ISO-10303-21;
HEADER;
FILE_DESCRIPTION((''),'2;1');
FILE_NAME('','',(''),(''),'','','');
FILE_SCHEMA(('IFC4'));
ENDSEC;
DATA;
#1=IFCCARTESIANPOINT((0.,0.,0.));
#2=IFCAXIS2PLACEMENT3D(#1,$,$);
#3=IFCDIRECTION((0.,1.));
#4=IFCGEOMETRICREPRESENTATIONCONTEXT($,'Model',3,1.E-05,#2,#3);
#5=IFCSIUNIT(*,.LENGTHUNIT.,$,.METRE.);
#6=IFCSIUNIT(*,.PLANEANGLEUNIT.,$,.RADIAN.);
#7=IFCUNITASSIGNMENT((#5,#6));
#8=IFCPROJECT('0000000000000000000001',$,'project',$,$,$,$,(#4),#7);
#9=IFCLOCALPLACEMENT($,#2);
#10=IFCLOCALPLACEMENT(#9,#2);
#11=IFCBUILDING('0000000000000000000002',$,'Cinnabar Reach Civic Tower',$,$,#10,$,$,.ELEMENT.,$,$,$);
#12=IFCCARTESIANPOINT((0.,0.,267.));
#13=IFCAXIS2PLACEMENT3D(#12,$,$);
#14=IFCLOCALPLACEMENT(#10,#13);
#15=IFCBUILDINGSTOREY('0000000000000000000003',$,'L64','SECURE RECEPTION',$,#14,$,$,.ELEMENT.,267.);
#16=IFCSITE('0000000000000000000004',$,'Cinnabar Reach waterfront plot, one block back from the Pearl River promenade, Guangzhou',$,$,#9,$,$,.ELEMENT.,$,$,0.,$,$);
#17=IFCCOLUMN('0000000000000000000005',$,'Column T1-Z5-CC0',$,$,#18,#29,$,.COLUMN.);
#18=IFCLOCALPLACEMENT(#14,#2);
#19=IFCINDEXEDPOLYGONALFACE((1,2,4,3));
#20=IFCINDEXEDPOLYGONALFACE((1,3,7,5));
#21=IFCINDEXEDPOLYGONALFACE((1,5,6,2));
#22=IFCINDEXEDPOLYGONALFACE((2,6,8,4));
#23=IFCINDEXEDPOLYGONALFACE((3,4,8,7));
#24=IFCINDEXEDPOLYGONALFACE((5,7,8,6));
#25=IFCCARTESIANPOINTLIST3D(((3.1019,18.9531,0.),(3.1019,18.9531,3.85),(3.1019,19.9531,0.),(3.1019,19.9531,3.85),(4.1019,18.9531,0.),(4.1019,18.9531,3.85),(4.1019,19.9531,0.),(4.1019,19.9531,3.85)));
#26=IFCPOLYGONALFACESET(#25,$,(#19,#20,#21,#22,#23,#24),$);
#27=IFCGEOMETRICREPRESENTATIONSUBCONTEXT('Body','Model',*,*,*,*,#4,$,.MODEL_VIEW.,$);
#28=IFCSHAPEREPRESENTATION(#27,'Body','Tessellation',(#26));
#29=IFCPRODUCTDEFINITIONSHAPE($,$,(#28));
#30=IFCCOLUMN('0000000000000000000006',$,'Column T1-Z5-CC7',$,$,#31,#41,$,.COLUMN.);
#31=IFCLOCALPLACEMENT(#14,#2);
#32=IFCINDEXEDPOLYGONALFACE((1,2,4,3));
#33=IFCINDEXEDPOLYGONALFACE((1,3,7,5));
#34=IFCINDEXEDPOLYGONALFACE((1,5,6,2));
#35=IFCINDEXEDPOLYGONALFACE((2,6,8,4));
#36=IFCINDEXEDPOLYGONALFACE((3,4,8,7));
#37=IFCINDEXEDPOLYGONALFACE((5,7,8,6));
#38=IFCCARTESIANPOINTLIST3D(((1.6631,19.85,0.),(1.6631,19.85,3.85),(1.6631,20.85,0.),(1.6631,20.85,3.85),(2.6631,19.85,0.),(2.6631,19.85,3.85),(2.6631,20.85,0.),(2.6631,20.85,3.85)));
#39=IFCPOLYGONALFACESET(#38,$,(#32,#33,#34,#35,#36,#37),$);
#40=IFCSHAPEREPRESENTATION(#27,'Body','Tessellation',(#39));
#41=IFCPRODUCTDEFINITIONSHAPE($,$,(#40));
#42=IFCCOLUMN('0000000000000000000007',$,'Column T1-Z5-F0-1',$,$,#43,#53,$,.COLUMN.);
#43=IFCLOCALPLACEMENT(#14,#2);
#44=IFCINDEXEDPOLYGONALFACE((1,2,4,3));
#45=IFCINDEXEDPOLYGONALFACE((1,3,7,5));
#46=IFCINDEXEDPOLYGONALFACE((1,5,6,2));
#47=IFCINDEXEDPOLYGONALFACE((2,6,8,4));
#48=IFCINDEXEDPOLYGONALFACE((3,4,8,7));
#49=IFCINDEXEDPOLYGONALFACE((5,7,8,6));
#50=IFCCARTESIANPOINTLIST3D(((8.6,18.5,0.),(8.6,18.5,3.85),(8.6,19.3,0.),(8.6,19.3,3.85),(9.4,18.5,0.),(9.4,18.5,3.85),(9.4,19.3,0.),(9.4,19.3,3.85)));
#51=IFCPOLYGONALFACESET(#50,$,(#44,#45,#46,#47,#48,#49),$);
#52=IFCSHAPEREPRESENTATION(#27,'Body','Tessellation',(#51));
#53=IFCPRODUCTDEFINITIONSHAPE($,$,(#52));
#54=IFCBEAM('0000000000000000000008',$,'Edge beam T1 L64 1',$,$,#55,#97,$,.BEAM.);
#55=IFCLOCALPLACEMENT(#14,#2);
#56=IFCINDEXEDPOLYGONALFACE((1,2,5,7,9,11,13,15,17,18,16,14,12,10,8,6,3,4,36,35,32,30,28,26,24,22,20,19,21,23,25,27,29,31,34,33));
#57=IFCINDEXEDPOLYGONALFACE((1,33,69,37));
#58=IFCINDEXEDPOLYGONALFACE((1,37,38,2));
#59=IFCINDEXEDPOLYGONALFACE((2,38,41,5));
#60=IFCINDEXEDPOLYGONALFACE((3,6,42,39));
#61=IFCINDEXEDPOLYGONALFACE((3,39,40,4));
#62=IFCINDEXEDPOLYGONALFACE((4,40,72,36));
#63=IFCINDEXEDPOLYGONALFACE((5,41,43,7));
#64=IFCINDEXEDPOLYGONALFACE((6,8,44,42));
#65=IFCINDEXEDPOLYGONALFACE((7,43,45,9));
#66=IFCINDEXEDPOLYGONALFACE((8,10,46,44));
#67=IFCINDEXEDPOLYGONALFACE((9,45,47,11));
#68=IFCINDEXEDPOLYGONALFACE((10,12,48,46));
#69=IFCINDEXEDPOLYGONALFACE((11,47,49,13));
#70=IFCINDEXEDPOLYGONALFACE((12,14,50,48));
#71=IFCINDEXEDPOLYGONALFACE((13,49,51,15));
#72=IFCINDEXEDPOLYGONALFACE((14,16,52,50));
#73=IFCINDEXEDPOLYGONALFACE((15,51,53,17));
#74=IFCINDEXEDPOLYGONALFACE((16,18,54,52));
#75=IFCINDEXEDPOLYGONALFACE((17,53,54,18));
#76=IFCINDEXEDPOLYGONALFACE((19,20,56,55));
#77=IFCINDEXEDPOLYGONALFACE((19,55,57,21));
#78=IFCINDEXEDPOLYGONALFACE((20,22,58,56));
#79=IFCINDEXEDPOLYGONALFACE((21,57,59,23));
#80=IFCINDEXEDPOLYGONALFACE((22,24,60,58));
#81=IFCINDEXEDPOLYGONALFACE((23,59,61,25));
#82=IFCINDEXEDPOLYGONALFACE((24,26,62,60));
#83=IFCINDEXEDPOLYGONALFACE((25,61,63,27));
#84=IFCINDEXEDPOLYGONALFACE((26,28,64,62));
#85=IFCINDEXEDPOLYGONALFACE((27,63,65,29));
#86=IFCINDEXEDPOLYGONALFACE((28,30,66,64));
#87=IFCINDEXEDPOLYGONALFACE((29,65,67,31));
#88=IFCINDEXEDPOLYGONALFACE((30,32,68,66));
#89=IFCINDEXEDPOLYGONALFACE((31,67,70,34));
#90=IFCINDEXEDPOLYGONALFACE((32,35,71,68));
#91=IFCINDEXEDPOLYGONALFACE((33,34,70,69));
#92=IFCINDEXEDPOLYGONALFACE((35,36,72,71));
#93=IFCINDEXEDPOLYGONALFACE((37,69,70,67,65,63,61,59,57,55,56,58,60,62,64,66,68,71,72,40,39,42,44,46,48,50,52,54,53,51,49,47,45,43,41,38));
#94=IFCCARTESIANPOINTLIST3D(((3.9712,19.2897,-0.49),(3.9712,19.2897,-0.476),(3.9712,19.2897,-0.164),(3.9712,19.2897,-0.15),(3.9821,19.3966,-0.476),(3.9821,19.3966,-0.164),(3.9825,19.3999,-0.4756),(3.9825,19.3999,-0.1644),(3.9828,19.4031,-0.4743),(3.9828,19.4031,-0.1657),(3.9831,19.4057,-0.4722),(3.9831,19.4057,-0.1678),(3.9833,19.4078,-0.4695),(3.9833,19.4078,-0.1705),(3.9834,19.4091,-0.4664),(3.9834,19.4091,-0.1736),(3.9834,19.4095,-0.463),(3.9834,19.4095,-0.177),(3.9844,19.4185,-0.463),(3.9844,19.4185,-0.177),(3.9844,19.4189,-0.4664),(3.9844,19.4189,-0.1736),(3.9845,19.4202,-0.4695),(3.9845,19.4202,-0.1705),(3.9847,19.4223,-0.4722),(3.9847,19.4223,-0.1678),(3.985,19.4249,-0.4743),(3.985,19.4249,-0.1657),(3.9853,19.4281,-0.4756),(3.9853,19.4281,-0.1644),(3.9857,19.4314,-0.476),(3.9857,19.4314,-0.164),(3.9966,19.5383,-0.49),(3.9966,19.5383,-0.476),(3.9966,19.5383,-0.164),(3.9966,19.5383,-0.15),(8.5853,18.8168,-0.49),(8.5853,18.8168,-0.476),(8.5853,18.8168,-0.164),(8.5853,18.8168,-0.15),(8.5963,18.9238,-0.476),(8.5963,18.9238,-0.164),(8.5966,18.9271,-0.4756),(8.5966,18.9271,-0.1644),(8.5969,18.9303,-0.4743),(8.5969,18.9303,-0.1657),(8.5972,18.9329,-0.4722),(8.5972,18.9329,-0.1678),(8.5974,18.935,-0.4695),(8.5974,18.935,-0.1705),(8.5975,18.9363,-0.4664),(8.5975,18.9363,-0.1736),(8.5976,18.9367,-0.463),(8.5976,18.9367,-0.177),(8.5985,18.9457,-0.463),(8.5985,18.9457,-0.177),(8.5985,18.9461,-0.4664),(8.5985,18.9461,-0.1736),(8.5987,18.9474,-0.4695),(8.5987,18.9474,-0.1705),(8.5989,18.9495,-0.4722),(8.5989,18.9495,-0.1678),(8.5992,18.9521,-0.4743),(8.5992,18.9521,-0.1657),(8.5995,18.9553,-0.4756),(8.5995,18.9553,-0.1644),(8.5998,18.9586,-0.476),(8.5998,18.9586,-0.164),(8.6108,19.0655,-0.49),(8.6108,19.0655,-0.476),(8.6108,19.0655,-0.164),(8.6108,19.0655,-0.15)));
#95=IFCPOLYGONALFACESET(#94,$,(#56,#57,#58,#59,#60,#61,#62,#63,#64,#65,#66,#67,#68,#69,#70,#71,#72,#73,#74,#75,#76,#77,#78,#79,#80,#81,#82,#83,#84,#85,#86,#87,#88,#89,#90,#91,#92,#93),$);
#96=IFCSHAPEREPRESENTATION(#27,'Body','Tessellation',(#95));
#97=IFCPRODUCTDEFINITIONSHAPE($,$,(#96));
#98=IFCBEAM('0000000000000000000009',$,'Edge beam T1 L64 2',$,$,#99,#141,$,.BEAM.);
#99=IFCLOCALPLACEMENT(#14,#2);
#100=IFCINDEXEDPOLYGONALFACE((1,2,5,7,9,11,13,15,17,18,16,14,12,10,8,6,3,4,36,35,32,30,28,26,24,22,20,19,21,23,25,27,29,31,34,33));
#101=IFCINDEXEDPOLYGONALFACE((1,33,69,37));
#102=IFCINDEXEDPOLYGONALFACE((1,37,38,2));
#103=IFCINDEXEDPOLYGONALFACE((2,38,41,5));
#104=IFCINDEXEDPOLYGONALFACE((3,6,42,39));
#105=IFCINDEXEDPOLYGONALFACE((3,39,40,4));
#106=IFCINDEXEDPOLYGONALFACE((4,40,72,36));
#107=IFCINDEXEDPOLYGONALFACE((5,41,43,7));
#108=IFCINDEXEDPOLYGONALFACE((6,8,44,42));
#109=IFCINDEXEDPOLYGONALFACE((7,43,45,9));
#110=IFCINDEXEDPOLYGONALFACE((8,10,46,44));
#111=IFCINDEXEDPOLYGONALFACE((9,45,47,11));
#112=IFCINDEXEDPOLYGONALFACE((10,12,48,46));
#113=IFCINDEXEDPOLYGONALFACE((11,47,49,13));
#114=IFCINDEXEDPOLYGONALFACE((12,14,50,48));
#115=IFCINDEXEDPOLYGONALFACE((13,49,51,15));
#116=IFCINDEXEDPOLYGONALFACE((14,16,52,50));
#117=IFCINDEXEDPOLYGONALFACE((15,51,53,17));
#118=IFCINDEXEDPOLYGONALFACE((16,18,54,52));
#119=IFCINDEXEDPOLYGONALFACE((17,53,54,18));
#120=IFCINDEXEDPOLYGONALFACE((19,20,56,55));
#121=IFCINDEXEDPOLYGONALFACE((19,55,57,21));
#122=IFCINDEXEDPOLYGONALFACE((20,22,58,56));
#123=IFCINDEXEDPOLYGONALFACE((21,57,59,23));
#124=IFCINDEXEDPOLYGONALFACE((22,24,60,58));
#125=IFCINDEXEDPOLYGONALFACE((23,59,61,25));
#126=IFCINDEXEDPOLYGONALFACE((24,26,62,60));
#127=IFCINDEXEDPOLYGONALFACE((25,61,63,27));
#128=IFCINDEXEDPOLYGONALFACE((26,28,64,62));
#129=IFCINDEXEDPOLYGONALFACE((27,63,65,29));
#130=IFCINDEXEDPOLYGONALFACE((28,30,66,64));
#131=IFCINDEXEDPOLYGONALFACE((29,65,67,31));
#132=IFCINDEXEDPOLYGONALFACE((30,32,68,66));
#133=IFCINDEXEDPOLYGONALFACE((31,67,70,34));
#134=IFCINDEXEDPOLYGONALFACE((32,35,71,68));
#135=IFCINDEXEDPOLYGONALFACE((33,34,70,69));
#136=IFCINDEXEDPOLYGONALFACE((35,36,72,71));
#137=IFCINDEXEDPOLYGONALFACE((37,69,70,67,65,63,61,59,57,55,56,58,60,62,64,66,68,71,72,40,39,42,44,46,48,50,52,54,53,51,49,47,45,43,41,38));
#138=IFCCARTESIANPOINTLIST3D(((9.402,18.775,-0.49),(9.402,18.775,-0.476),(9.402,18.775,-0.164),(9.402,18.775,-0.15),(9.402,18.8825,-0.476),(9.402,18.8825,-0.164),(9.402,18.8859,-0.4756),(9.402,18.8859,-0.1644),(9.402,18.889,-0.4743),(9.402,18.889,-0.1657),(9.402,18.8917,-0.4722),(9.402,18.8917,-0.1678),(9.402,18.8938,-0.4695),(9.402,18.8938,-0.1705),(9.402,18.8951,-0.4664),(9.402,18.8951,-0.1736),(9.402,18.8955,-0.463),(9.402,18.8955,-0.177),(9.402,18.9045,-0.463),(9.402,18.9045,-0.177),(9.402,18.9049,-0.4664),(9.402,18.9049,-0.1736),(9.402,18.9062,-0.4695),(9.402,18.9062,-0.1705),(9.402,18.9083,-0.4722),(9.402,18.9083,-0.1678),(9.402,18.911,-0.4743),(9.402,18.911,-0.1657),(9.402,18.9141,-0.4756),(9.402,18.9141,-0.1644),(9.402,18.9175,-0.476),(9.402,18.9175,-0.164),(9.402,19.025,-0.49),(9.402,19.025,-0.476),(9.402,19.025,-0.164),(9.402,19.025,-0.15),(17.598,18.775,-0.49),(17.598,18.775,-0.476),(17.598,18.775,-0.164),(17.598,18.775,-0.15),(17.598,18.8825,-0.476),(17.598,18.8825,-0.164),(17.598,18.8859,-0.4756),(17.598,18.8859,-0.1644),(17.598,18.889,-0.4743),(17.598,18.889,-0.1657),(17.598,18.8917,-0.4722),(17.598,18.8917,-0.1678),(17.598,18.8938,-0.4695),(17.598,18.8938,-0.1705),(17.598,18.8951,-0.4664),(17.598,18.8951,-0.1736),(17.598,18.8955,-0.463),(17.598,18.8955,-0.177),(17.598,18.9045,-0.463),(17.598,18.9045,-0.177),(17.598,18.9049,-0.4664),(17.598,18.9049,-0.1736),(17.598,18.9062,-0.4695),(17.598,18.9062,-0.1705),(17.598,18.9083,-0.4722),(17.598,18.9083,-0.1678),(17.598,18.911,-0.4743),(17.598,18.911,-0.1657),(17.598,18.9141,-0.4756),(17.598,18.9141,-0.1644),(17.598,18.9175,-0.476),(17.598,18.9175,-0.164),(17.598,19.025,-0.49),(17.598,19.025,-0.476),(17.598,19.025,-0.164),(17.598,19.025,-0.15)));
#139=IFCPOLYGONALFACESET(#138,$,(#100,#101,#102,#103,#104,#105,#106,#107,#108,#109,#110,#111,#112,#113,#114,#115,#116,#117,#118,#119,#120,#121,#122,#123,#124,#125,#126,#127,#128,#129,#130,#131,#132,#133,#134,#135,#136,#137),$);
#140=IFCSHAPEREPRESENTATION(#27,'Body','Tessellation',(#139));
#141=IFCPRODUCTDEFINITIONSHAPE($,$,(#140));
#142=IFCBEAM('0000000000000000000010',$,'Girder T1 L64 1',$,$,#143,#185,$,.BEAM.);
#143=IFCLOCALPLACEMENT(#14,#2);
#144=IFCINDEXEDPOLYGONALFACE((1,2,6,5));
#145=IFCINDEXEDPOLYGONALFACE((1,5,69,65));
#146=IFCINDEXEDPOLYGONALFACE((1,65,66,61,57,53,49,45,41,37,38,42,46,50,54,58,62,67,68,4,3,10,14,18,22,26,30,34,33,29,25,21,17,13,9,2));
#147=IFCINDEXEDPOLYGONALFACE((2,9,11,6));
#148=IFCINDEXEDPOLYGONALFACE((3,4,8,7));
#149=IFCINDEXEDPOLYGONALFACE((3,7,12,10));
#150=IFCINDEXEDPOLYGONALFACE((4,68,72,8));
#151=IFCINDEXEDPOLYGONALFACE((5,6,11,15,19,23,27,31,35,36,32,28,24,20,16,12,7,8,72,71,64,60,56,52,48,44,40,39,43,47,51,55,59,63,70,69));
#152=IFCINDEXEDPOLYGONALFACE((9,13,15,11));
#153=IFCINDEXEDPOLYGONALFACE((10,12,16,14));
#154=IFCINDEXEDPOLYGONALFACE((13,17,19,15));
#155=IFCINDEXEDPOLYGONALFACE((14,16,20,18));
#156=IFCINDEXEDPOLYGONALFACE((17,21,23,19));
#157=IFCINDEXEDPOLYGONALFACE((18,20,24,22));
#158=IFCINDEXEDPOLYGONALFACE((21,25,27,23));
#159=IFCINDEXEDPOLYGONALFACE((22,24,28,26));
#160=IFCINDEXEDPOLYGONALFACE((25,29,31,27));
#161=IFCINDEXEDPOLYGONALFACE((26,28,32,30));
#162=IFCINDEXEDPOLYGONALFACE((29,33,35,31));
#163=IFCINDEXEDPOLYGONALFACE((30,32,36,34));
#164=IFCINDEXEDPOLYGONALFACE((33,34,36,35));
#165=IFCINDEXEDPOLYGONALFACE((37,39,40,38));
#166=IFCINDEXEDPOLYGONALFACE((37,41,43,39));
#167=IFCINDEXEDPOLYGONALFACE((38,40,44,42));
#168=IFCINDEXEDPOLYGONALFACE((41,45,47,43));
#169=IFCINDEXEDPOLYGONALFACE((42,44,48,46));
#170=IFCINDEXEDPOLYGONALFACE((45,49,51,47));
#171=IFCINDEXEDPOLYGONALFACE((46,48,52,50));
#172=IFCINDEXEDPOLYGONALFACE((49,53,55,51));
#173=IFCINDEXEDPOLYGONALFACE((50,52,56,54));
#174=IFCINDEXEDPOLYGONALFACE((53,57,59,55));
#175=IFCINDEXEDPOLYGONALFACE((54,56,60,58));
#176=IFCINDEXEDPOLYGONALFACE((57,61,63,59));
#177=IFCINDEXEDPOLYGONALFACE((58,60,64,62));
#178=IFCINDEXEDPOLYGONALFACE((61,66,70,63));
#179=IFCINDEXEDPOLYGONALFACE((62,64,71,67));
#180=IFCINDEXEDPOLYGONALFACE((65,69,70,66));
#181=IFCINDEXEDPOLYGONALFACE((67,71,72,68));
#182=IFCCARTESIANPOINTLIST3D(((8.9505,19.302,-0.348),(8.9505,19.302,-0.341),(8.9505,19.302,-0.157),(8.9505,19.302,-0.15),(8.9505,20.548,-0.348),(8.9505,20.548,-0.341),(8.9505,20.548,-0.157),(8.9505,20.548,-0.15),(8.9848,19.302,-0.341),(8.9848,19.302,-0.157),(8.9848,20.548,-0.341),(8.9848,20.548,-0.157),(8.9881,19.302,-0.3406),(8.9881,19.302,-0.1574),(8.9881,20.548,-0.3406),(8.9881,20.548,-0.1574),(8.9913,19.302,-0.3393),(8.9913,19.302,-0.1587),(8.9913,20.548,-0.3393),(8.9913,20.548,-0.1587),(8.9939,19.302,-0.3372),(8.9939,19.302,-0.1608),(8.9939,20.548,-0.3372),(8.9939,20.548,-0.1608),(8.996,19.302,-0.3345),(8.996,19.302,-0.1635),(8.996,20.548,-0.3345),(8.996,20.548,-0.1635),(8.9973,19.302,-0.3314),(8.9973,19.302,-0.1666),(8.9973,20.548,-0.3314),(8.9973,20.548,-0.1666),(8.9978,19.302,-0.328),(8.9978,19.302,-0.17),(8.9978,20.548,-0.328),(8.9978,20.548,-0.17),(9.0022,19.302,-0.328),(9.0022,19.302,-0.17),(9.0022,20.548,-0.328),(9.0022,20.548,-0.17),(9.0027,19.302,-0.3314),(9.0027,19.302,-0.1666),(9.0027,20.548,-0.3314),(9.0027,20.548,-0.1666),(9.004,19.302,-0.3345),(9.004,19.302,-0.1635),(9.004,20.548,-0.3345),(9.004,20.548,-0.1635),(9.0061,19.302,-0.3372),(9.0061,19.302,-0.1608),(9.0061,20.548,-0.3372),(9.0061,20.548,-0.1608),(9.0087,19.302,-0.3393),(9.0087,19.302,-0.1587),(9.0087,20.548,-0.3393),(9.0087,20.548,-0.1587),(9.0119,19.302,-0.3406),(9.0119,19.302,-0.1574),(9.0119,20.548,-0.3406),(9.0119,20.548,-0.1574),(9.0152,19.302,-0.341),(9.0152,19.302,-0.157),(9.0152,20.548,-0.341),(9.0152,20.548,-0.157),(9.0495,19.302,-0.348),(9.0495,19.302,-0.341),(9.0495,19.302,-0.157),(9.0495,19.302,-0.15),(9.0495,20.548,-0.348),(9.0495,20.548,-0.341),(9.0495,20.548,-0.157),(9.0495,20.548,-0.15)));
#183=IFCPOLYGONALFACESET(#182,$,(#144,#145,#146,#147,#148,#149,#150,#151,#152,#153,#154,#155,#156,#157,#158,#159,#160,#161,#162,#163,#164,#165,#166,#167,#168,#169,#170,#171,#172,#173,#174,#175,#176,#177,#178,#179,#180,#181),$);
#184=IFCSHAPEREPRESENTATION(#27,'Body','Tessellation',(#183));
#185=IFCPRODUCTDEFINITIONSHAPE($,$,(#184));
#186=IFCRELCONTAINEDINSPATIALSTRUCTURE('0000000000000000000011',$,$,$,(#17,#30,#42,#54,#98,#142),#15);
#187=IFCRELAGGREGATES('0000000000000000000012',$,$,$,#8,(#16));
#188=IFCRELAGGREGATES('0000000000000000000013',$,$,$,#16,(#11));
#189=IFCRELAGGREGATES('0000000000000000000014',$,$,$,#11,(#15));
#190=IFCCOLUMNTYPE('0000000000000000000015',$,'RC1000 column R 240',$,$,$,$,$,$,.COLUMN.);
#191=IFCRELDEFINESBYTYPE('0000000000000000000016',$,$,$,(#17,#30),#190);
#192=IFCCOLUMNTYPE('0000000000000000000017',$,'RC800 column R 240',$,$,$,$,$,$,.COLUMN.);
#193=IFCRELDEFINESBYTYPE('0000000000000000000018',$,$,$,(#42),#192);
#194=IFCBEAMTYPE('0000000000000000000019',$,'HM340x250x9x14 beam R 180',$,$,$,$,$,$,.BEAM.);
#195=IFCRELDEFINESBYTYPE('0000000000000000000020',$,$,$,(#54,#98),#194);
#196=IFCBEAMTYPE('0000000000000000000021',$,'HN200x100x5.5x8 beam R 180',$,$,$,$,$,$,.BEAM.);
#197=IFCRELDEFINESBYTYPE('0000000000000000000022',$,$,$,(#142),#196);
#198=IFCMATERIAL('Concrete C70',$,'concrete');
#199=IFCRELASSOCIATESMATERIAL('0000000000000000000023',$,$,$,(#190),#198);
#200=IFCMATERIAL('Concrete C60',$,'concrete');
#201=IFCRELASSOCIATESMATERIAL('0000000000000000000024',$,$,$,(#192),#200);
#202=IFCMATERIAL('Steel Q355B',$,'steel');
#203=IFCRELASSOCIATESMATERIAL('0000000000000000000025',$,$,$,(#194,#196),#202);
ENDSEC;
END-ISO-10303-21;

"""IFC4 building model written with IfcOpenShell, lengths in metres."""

from ifc_helpers import new_model, si_unit, direction, frame, origin, origin_2d, place, context, subcontext, project, spatial, rectangle, i_section, extrude, material, material_profile, profile_set, type_object, element, save


model = new_model("IFC4")

# Units and contexts
model_context = context("Model", 3, precision=1e-05, world=origin(), true_north=direction((0.0, 1.0)))
body_context = subcontext(model_context, "Body", "Model", "MODEL_VIEW")
ifc_project = project(units=[si_unit("LENGTHUNIT", "METRE"), si_unit("PLANEANGLEUNIT", "RADIAN")], contexts=[model_context])

# Site, building, storey
site_placement = place(None, origin())
site = spatial("IfcSite", under=ifc_project, at=site_placement, Name="Cinnabar Reach waterfront plot, one block back from the Pearl River promenade, Guangzhou", CompositionType="ELEMENT", RefElevation=0.0)
building_placement = place(site_placement, origin())
building = spatial("IfcBuilding", under=site, at=building_placement, Name="Cinnabar Reach Civic Tower", CompositionType="ELEMENT")
storey_placement = place(building_placement, frame((0.0, 0.0, 267.0)))
storey = spatial("IfcBuildingStorey", under=building, at=storey_placement, Name="L64", Description="SECURE RECEPTION", CompositionType="ELEMENT", Elevation=267.0)

# Columns
ifc_material_1 = material(Name="Concrete C70", Category="concrete")
ifc_material_profile_1 = material_profile(ifc_material_1, rectangle(XDim=1.0, YDim=1.0, at=origin_2d()), Name="RC1000")
ifc_profile_set_1 = profile_set([ifc_material_profile_1], Name="Concrete C70")
column_type_1 = type_object("IfcColumnType", Name="RC1000 column R 240", PredefinedType="COLUMN", material=ifc_profile_set_1)
for number, where, z_axis, x_axis, name in (
    (1, (3.6019, 19.4531, 0.0), (0.0, 0.0, 1.0), (1.0, 0.0, 0.0), "Column T1-Z5-CC0"),
    (2, (2.1631, 20.35, 0.0), (0.0, 0.0, 1.0), (1.0, 0.0, 0.0), "Column T1-Z5-CC7"),
):
    element("IfcColumn", number, at=place(storey_placement, frame(where, z_axis=z_axis, x_axis=x_axis)), inside=storey, type_object=column_type_1, Name=name, PredefinedType="COLUMN", context=body_context, shape_type="SweptSolid", body=[
        extrude(rectangle(XDim=1.0, YDim=1.0, at=origin_2d()), origin(), (0.0, 0.0, 1.0), 3.85),
    ])
ifc_material_2 = material(Name="Concrete C60", Category="concrete")
ifc_material_profile_2 = material_profile(ifc_material_2, rectangle(XDim=0.8, YDim=0.8, at=origin_2d()), Name="RC800")
ifc_profile_set_2 = profile_set([ifc_material_profile_2], Name="Concrete C60")
column_type_2 = type_object("IfcColumnType", Name="RC800 column R 240", PredefinedType="COLUMN", material=ifc_profile_set_2)
column_placement = place(storey_placement, frame((9.0, 18.9, 0.0), z_axis=(0.0, 0.0, 1.0), x_axis=(1.0, 0.0, 0.0)))
element("IfcColumn", 3, at=column_placement, inside=storey, type_object=column_type_2, Name="Column T1-Z5-F0-1", PredefinedType="COLUMN", context=body_context, shape_type="SweptSolid", body=[
    extrude(rectangle(XDim=0.8, YDim=0.8, at=origin_2d()), origin(), (0.0, 0.0, 1.0), 3.85),
])

# Beams
ifc_material_3 = material(Name="Steel Q355B", Category="steel")
ifc_material_profile_3 = material_profile(ifc_material_3, i_section(OverallWidth=0.25, OverallDepth=0.34, WebThickness=0.009, FlangeThickness=0.014, FilletRadius=0.013, at=origin_2d()), Name="HM340x250x9x14")
ifc_profile_set_3 = profile_set([ifc_material_profile_3], Name="Steel Q355B")
beam_type_1 = type_object("IfcBeamType", Name="HM340x250x9x14 beam R 180", PredefinedType="BEAM", material=ifc_profile_set_3)
beam_1_placement = place(storey_placement, frame((3.9839, 19.414, -0.32), z_axis=(0.994791, -0.101935, 0.0), x_axis=(0.101935, 0.994791, 0.0)))
element("IfcBeam", 4, at=beam_1_placement, inside=storey, type_object=beam_type_1, Name="Edge beam T1 L64 1", PredefinedType="BEAM", context=body_context, shape_type="SweptSolid", body=[
    extrude(i_section(OverallWidth=0.25, OverallDepth=0.34, WebThickness=0.009, FlangeThickness=0.014, FilletRadius=0.013, at=origin_2d()), origin(), (0.0, 0.0, 1.0), 4.6383),
])
beam_2_placement = place(storey_placement, frame((9.402, 18.9, -0.32), z_axis=(1.0, 0.0, 0.0), x_axis=(0.0, 1.0, 0.0)))
element("IfcBeam", 5, at=beam_2_placement, inside=storey, type_object=beam_type_1, Name="Edge beam T1 L64 2", PredefinedType="BEAM", context=body_context, shape_type="SweptSolid", body=[
    extrude(i_section(OverallWidth=0.25, OverallDepth=0.34, WebThickness=0.009, FlangeThickness=0.014, FilletRadius=0.013, at=origin_2d()), origin(), (0.0, 0.0, 1.0), 8.196),
])
ifc_material_profile_4 = material_profile(ifc_material_3, i_section(OverallWidth=0.099, OverallDepth=0.198, WebThickness=0.0045, FlangeThickness=0.007, FilletRadius=0.013, at=origin_2d()), Name="HN200x100x5.5x8")
ifc_profile_set_4 = profile_set([ifc_material_profile_4], Name="Steel Q355B")
beam_type_2 = type_object("IfcBeamType", Name="HN200x100x5.5x8 beam R 180", PredefinedType="BEAM", material=ifc_profile_set_4)
beam_3_placement = place(storey_placement, frame((9.0, 19.302, -0.249), z_axis=(0.0, 1.0, 0.0), x_axis=(-1.0, 0.0, 0.0)))
element("IfcBeam", 6, at=beam_3_placement, inside=storey, type_object=beam_type_2, Name="Girder T1 L64 1", PredefinedType="BEAM", context=body_context, shape_type="SweptSolid", body=[
    extrude(i_section(OverallWidth=0.099, OverallDepth=0.198, WebThickness=0.0045, FlangeThickness=0.007, FilletRadius=0.013, at=origin_2d()), origin(), (0.0, 0.0, 1.0), 1.246),
])

save(model, "model.ifc")
